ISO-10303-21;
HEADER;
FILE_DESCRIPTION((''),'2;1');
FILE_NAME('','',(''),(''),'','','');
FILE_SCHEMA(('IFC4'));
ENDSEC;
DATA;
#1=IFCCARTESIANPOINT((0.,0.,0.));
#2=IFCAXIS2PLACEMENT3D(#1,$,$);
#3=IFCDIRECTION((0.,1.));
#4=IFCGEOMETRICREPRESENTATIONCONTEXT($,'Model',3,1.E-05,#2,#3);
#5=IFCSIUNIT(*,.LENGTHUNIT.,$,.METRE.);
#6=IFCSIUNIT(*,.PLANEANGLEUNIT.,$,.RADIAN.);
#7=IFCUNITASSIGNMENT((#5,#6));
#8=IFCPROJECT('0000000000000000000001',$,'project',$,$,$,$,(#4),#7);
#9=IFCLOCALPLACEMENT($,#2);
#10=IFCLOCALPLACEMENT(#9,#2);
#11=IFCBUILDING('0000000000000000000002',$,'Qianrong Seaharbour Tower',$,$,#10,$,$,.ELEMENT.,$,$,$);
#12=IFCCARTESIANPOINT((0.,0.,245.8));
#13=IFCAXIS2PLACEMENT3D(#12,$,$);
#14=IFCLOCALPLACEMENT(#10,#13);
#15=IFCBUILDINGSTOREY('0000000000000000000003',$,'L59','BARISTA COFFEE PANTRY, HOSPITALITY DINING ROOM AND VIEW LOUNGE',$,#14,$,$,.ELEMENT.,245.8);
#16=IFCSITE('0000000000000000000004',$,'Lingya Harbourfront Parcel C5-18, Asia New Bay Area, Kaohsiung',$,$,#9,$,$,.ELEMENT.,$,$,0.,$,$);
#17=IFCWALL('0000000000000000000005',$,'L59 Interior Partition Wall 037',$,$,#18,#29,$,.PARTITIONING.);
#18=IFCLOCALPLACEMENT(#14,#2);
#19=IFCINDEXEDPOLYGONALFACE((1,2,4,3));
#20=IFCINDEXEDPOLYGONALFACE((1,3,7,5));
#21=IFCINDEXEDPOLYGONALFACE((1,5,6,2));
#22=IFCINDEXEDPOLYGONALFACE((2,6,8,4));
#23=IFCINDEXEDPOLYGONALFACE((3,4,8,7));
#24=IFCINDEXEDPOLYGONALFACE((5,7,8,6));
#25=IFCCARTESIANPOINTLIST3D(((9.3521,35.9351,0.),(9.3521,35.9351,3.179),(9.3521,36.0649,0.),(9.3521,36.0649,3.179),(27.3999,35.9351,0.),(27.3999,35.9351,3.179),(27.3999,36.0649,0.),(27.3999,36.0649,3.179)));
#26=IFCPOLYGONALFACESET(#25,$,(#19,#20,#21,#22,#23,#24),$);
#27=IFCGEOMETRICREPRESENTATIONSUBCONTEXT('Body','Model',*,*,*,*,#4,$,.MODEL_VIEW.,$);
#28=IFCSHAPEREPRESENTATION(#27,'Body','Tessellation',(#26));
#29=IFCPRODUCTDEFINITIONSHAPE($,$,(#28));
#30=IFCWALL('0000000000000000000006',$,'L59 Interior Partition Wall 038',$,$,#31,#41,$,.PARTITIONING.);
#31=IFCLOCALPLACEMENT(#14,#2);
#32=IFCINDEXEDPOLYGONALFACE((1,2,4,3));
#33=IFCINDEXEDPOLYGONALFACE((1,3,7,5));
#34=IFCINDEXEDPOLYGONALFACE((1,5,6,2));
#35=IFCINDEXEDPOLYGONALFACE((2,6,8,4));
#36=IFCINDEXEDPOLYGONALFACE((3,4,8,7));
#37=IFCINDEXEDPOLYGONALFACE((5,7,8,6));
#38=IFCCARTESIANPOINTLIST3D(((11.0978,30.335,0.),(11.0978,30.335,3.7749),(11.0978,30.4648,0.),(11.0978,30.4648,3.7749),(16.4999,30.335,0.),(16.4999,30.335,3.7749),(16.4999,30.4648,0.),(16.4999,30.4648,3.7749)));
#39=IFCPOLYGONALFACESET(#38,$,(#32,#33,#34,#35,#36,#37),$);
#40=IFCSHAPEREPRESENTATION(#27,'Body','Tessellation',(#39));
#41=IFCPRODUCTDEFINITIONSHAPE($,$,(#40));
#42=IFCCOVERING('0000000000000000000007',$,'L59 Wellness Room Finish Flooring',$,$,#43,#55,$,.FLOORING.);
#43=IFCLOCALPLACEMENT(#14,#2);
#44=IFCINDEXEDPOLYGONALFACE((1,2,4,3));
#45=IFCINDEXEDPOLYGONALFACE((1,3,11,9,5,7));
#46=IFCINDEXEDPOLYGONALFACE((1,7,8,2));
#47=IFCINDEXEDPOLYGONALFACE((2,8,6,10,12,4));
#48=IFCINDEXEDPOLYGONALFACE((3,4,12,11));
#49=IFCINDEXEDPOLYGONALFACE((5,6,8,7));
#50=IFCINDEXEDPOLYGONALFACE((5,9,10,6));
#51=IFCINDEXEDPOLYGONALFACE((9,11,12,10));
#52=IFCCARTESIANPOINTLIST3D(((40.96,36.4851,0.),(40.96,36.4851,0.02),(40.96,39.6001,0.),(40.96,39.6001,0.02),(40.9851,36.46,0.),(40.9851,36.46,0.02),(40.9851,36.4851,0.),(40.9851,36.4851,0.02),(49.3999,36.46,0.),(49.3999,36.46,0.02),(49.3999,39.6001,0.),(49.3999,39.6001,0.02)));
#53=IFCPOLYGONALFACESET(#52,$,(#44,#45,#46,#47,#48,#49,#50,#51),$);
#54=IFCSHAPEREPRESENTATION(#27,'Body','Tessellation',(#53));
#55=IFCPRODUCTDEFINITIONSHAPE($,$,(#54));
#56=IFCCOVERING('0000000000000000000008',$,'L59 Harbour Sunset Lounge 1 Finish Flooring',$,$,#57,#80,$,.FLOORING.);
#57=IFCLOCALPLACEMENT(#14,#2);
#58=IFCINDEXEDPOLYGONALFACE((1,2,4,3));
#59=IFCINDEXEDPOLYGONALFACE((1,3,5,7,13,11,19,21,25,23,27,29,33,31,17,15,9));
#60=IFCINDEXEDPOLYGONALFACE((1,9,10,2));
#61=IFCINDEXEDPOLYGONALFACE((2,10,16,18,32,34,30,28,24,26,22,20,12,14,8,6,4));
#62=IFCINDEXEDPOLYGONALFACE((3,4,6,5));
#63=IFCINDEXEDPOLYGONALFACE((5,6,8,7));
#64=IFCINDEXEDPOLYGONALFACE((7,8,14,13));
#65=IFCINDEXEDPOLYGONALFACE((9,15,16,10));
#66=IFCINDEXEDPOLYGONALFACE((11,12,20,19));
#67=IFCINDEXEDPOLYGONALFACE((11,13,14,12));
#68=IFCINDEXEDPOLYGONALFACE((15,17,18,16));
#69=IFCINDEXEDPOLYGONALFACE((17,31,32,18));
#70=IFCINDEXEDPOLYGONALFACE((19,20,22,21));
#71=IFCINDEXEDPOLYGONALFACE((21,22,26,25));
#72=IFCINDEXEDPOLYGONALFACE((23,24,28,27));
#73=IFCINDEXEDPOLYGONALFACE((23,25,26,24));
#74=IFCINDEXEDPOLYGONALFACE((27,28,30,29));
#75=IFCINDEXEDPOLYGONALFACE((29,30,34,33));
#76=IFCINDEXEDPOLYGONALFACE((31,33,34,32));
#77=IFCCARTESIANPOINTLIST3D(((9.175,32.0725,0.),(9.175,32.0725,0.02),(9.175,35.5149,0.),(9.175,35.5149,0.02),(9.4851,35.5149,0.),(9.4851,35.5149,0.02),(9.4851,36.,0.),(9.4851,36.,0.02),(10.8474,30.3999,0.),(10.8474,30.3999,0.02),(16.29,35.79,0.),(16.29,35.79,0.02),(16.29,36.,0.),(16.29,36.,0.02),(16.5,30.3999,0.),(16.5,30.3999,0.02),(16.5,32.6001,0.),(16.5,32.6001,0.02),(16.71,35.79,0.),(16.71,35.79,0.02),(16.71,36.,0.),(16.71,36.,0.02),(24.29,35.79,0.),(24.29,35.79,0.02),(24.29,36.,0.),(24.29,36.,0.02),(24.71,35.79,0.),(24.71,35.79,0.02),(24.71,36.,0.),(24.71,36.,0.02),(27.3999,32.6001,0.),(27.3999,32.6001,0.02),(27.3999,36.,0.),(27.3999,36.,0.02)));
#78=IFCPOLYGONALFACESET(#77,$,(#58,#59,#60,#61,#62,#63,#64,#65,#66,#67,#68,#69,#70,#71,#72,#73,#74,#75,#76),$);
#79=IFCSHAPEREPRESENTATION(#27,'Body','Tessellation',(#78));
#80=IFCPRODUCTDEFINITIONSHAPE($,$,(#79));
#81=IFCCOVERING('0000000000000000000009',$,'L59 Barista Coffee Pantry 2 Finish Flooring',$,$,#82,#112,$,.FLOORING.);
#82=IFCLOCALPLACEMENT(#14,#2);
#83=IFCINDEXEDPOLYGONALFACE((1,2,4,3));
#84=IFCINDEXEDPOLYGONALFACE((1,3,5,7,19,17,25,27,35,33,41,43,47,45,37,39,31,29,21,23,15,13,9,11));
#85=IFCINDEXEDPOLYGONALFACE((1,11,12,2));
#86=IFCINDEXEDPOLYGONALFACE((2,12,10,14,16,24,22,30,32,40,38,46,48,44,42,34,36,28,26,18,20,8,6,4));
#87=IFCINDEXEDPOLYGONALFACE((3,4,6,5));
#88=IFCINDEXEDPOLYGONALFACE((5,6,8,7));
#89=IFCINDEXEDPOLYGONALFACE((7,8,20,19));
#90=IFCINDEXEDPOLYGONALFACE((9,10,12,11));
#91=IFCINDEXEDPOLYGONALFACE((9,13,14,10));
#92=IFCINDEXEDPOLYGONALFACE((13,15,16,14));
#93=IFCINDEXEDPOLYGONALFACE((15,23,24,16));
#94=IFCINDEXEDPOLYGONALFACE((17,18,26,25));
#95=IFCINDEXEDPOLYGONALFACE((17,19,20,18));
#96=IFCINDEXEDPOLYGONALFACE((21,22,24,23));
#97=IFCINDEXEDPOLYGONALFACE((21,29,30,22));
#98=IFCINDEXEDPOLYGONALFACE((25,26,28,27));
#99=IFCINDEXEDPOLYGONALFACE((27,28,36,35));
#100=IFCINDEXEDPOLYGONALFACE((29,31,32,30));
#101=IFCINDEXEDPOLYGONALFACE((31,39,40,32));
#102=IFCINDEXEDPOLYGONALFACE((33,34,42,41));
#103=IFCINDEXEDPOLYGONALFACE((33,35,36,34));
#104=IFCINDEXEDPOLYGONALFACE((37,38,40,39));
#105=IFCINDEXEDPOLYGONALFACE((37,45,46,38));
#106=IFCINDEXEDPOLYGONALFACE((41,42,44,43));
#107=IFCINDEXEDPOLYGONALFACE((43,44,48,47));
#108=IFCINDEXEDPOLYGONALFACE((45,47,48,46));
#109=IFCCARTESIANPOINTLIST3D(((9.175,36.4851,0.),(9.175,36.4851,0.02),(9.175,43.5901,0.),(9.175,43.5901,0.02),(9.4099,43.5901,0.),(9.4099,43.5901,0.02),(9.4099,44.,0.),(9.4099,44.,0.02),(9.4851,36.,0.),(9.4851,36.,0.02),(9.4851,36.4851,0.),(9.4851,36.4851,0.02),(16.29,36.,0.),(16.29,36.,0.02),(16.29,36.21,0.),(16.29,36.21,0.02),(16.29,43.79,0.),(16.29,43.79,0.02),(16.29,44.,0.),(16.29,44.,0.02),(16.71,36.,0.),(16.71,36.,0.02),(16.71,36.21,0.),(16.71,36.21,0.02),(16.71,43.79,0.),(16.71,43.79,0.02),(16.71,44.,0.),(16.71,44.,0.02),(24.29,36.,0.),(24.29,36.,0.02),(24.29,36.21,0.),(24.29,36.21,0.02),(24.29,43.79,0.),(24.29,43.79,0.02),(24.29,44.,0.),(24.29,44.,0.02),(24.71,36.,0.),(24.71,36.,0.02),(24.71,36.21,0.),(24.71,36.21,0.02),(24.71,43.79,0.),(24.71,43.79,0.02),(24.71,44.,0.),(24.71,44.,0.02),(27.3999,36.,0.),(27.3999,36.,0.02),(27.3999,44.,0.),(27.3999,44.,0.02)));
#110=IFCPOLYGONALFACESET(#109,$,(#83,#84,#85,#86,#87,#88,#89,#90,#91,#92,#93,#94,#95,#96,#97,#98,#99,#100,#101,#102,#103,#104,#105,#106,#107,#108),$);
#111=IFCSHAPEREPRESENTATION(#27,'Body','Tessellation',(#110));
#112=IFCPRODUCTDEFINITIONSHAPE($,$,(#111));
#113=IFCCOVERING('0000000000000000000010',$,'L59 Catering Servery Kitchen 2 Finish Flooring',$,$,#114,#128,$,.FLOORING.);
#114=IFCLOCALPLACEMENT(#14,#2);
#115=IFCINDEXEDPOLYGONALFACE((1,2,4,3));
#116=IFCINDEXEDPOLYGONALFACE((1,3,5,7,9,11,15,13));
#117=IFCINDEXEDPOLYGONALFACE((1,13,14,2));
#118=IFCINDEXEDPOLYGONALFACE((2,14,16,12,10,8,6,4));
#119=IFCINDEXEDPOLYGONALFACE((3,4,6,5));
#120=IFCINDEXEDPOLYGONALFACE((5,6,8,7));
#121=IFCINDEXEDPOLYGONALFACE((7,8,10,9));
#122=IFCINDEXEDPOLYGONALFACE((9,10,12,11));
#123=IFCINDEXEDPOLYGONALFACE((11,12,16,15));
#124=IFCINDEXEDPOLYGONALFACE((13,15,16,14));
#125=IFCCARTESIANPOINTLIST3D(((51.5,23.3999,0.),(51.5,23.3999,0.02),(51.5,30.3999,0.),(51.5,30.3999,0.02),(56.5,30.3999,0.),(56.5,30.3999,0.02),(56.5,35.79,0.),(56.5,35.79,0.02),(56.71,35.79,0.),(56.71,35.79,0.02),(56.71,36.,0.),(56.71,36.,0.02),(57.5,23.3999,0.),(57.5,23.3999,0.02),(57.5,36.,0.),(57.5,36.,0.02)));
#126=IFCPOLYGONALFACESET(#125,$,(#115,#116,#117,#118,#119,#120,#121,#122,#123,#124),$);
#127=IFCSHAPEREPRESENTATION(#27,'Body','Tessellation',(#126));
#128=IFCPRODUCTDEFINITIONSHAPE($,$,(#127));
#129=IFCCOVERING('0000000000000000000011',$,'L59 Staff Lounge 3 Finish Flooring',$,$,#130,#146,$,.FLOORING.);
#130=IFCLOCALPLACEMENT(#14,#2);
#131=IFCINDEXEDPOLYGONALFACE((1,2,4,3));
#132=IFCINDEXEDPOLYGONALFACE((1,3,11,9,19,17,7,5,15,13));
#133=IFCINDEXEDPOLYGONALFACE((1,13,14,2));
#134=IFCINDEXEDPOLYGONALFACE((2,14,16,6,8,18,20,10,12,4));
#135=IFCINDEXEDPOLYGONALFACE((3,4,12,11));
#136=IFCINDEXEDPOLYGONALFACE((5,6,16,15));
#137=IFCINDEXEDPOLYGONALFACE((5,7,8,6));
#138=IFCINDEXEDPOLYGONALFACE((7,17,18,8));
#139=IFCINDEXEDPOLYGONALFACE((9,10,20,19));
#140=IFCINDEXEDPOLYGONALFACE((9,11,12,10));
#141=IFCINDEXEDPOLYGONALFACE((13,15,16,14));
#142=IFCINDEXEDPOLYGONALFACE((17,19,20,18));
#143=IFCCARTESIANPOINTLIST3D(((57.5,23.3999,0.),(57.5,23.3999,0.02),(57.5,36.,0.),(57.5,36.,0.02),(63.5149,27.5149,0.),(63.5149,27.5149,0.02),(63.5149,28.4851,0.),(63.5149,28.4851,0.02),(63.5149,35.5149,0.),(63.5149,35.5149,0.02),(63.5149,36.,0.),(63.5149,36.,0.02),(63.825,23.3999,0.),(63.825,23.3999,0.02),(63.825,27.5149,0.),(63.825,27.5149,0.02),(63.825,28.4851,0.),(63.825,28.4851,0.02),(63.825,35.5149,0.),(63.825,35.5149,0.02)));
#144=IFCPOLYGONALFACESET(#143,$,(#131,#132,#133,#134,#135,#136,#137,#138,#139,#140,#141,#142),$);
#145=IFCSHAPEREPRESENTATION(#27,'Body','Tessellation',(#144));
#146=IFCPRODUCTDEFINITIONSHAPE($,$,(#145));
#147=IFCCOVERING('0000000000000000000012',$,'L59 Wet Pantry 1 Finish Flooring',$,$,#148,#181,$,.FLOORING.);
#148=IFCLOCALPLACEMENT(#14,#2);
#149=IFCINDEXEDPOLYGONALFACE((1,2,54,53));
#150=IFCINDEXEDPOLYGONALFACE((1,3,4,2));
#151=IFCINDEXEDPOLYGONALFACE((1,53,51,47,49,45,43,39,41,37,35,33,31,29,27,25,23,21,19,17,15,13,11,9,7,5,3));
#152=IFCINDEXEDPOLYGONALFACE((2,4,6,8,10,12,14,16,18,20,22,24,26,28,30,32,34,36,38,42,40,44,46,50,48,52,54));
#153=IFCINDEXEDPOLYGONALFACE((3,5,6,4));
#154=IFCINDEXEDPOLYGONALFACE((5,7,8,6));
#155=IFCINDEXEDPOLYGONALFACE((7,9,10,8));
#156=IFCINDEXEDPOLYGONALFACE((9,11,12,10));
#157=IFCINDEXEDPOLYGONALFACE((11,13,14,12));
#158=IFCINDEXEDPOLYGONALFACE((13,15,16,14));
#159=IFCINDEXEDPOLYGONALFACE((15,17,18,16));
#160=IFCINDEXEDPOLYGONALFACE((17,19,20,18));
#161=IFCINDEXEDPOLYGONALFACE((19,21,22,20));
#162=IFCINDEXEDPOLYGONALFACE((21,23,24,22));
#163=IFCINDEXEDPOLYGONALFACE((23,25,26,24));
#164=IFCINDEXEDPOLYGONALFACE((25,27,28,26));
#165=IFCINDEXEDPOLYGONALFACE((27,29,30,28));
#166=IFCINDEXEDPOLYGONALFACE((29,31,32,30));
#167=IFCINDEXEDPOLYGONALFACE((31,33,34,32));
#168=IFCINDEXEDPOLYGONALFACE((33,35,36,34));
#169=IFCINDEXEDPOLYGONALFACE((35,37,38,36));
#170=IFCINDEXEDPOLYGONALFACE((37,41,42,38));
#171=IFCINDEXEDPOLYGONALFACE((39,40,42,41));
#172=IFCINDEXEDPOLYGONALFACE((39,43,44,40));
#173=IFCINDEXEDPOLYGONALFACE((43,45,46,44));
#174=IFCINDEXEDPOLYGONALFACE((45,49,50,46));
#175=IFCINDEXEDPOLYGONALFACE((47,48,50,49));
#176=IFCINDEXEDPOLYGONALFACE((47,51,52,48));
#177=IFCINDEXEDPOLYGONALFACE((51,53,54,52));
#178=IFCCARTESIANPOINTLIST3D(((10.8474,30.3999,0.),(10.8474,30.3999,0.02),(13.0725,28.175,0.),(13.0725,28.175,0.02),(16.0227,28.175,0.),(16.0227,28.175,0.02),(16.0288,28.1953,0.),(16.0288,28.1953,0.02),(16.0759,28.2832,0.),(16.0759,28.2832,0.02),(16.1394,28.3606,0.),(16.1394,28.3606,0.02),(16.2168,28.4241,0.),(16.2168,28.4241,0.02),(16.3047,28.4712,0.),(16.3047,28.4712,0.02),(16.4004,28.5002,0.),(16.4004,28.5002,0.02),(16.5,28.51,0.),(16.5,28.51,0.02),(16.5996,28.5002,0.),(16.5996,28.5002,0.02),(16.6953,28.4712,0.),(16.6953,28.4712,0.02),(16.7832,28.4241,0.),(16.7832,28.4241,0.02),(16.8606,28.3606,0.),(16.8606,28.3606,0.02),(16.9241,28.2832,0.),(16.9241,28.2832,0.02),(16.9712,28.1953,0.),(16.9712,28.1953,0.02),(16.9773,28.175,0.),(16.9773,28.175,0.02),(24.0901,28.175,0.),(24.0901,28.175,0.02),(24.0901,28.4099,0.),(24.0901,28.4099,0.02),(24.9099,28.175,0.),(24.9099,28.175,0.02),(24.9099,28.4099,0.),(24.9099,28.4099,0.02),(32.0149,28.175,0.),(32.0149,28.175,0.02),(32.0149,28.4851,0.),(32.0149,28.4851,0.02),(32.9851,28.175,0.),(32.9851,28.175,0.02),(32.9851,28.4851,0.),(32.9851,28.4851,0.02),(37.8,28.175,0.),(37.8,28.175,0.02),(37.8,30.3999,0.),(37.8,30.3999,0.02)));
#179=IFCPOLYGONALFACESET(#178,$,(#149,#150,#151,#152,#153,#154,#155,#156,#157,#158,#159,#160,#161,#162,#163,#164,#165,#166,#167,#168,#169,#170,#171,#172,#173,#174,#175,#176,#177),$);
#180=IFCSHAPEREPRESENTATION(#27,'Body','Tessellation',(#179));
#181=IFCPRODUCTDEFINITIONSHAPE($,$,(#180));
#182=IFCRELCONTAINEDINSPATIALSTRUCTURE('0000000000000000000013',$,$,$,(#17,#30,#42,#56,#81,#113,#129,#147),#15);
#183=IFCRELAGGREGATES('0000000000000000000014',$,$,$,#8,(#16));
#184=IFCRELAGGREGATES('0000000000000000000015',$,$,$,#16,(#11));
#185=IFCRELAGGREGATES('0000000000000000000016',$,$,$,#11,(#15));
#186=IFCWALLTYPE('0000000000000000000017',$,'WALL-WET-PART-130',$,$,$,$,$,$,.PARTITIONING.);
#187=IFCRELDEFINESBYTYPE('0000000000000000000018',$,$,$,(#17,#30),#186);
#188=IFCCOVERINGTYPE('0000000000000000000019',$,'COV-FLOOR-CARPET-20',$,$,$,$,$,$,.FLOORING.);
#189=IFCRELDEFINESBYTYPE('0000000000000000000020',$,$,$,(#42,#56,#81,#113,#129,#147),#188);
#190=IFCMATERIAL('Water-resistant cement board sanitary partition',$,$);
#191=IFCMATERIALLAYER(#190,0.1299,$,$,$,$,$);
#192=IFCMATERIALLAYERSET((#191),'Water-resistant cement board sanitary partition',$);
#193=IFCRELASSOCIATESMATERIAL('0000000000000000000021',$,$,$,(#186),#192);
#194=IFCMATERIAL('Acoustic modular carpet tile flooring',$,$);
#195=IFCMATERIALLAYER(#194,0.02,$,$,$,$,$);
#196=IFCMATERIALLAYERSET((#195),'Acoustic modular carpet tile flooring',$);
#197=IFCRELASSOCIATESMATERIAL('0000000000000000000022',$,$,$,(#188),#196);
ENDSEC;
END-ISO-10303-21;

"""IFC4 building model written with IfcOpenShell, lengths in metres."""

from ifc_helpers import new_model, si_unit, direction, frame, frame_2d, origin, place, context, subcontext, project, spatial, polyline, rectangle, outline, extrude, material, layer, layer_set, type_object, element, save


model = new_model("IFC4")

# Units and contexts
model_context = context("Model", 3, precision=1e-05, world=origin(), true_north=direction((0.0, 1.0)))
body_context = subcontext(model_context, "Body", "Model", "MODEL_VIEW")
ifc_project = project(units=[si_unit("LENGTHUNIT", "METRE"), si_unit("PLANEANGLEUNIT", "RADIAN")], contexts=[model_context])

# Site, building, storey
site_placement = place(None, origin())
site = spatial("IfcSite", under=ifc_project, at=site_placement, Name="Lingya Harbourfront Parcel C5-18, Asia New Bay Area, Kaohsiung", CompositionType="ELEMENT", RefElevation=0.0)
building_placement = place(site_placement, origin())
building = spatial("IfcBuilding", under=site, at=building_placement, Name="Qianrong Seaharbour Tower", CompositionType="ELEMENT")
storey_placement = place(building_placement, frame((0.0, 0.0, 245.8)))
storey = spatial("IfcBuildingStorey", under=building, at=storey_placement, Name="L59", Description="BARISTA COFFEE PANTRY, HOSPITALITY DINING ROOM AND VIEW LOUNGE", CompositionType="ELEMENT", Elevation=245.8)

# Walls
ifc_material_1 = material(Name="Water-resistant cement board sanitary partition")
ifc_layer_1 = layer(ifc_material_1, 0.1299)
ifc_layer_set_1 = layer_set([ifc_layer_1], Name="Water-resistant cement board sanitary partition")
wall_type_1 = type_object("IfcWallType", Name="WALL-WET-PART-130", PredefinedType="PARTITIONING", material=ifc_layer_set_1)
wall_1_placement = place(storey_placement, frame((9.3521, 36.0, 0.0), z_axis=(0.0, 0.0, 1.0), x_axis=(1.0, 0.0, 0.0)))
element("IfcWall", 1, at=wall_1_placement, inside=storey, type_object=wall_type_1, Name="L59 Interior Partition Wall 037", PredefinedType="PARTITIONING", context=body_context, shape_type="SweptSolid", body=[
    extrude(rectangle(XDim=18.0479, YDim=0.1299, at=frame_2d((9.0239, 0.0))), origin(), (0.0, 0.0, 1.0), 3.179),
])
wall_2_placement = place(storey_placement, frame((16.5, 30.3999, 0.0), z_axis=(0.0, 0.0, 1.0), x_axis=(-1.0, 0.0, 0.0)))
element("IfcWall", 2, at=wall_2_placement, inside=storey, type_object=wall_type_1, Name="L59 Interior Partition Wall 038", PredefinedType="PARTITIONING", context=body_context, shape_type="SweptSolid", body=[
    extrude(rectangle(XDim=5.4021, YDim=0.1299, at=frame_2d((2.7012, 0.0))), origin(), (0.0, 0.0, 1.0), 3.7749),
])

# Coverings
ifc_material_2 = material(Name="Acoustic modular carpet tile flooring")
ifc_layer_2 = layer(ifc_material_2, 0.02)
ifc_layer_set_2 = layer_set([ifc_layer_2], Name="Acoustic modular carpet tile flooring")
covering_type_1 = type_object("IfcCoveringType", Name="COV-FLOOR-CARPET-20", PredefinedType="FLOORING", material=ifc_layer_set_2)
covering_1_placement = place(storey_placement, origin())
element("IfcCovering", 3, at=covering_1_placement, inside=storey, type_object=covering_type_1, Name="L59 Wellness Room Finish Flooring", PredefinedType="FLOORING", context=body_context, shape_type="SweptSolid", body=[
    extrude(outline(polyline([(49.3999, 39.6001), (49.3999, 36.46), (40.9851, 36.46), (40.9851, 36.4851), (40.96, 36.4851), (40.96, 39.6001), (49.3999, 39.6001)])), origin(), (0.0, 0.0, 1.0), 0.02),
])
covering_2_placement = place(storey_placement, origin())
element("IfcCovering", 4, at=covering_2_placement, inside=storey, type_object=covering_type_1, Name="L59 Harbour Sunset Lounge 1 Finish Flooring", PredefinedType="FLOORING", context=body_context, shape_type="SweptSolid", body=[
    extrude(outline(polyline([(16.5, 32.6001), (16.5, 30.3999), (10.8474, 30.3999), (9.175, 32.0725), (9.175, 35.5149), (9.4851, 35.5149), (9.4851, 36.0), (16.29, 36.0), (16.29, 35.79), (16.71, 35.79), (16.71, 36.0), (24.29, 36.0), (24.29, 35.79), (24.71, 35.79), (24.71, 36.0), (27.3999, 36.0), (27.3999, 32.6001), (16.5, 32.6001)])), origin(), (0.0, 0.0, 1.0), 0.02),
])
covering_3_placement = place(storey_placement, origin())
element("IfcCovering", 5, at=covering_3_placement, inside=storey, type_object=covering_type_1, Name="L59 Barista Coffee Pantry 2 Finish Flooring", PredefinedType="FLOORING", context=body_context, shape_type="SweptSolid", body=[
    extrude(outline(polyline([(24.71, 36.0), (24.71, 36.21), (24.29, 36.21), (24.29, 36.0), (16.71, 36.0), (16.71, 36.21), (16.29, 36.21), (16.29, 36.0), (9.4851, 36.0), (9.4851, 36.4851), (9.175, 36.4851), (9.175, 43.5901), (9.4099, 43.5901), (9.4099, 44.0), (16.29, 44.0), (16.29, 43.79), (16.71, 43.79), (16.71, 44.0), (24.29, 44.0), (24.29, 43.79), (24.71, 43.79), (24.71, 44.0), (27.3999, 44.0), (27.3999, 36.0), (24.71, 36.0)])), origin(), (0.0, 0.0, 1.0), 0.02),
])
covering_4_placement = place(storey_placement, origin())
element("IfcCovering", 6, at=covering_4_placement, inside=storey, type_object=covering_type_1, Name="L59 Catering Servery Kitchen 2 Finish Flooring", PredefinedType="FLOORING", context=body_context, shape_type="SweptSolid", body=[
    extrude(outline(polyline([(56.5, 30.3999), (56.5, 35.79), (56.71, 35.79), (56.71, 36.0), (57.5, 36.0), (57.5, 23.3999), (51.5, 23.3999), (51.5, 30.3999), (56.5, 30.3999)])), origin(), (0.0, 0.0, 1.0), 0.02),
])
covering_5_placement = place(storey_placement, origin())
element("IfcCovering", 7, at=covering_5_placement, inside=storey, type_object=covering_type_1, Name="L59 Staff Lounge 3 Finish Flooring", PredefinedType="FLOORING", context=body_context, shape_type="SweptSolid", body=[
    extrude(outline(polyline([(63.5149, 36.0), (63.5149, 35.5149), (63.825, 35.5149), (63.825, 28.4851), (63.5149, 28.4851), (63.5149, 27.5149), (63.825, 27.5149), (63.825, 23.3999), (57.5, 23.3999), (57.5, 36.0), (63.5149, 36.0)])), origin(), (0.0, 0.0, 1.0), 0.02),
])
covering_6_placement = place(storey_placement, origin())
element("IfcCovering", 8, at=covering_6_placement, inside=storey, type_object=covering_type_1, Name="L59 Wet Pantry 1 Finish Flooring", PredefinedType="FLOORING", context=body_context, shape_type="SweptSolid", body=[
    extrude(outline(polyline([(32.9851, 28.175), (32.9851, 28.4851), (32.0149, 28.4851), (32.0149, 28.175), (24.9099, 28.175), (24.9099, 28.4099), (24.0901, 28.4099), (24.0901, 28.175), (16.9773, 28.175), (16.9712, 28.1953), (16.9241, 28.2832), (16.8606, 28.3606), (16.7832, 28.4241), (16.6953, 28.4712), (16.5996, 28.5002), (16.5, 28.51), (16.4004, 28.5002), (16.3047, 28.4712), (16.2168, 28.4241), (16.1394, 28.3606), (16.0759, 28.2832), (16.0288, 28.1953), (16.0227, 28.175), (13.0725, 28.175), (10.8474, 30.3999), (37.8, 30.3999), (37.8, 28.175), (32.9851, 28.175)])), origin(), (0.0, 0.0, 1.0), 0.02),
])

save(model, "model.ifc")
